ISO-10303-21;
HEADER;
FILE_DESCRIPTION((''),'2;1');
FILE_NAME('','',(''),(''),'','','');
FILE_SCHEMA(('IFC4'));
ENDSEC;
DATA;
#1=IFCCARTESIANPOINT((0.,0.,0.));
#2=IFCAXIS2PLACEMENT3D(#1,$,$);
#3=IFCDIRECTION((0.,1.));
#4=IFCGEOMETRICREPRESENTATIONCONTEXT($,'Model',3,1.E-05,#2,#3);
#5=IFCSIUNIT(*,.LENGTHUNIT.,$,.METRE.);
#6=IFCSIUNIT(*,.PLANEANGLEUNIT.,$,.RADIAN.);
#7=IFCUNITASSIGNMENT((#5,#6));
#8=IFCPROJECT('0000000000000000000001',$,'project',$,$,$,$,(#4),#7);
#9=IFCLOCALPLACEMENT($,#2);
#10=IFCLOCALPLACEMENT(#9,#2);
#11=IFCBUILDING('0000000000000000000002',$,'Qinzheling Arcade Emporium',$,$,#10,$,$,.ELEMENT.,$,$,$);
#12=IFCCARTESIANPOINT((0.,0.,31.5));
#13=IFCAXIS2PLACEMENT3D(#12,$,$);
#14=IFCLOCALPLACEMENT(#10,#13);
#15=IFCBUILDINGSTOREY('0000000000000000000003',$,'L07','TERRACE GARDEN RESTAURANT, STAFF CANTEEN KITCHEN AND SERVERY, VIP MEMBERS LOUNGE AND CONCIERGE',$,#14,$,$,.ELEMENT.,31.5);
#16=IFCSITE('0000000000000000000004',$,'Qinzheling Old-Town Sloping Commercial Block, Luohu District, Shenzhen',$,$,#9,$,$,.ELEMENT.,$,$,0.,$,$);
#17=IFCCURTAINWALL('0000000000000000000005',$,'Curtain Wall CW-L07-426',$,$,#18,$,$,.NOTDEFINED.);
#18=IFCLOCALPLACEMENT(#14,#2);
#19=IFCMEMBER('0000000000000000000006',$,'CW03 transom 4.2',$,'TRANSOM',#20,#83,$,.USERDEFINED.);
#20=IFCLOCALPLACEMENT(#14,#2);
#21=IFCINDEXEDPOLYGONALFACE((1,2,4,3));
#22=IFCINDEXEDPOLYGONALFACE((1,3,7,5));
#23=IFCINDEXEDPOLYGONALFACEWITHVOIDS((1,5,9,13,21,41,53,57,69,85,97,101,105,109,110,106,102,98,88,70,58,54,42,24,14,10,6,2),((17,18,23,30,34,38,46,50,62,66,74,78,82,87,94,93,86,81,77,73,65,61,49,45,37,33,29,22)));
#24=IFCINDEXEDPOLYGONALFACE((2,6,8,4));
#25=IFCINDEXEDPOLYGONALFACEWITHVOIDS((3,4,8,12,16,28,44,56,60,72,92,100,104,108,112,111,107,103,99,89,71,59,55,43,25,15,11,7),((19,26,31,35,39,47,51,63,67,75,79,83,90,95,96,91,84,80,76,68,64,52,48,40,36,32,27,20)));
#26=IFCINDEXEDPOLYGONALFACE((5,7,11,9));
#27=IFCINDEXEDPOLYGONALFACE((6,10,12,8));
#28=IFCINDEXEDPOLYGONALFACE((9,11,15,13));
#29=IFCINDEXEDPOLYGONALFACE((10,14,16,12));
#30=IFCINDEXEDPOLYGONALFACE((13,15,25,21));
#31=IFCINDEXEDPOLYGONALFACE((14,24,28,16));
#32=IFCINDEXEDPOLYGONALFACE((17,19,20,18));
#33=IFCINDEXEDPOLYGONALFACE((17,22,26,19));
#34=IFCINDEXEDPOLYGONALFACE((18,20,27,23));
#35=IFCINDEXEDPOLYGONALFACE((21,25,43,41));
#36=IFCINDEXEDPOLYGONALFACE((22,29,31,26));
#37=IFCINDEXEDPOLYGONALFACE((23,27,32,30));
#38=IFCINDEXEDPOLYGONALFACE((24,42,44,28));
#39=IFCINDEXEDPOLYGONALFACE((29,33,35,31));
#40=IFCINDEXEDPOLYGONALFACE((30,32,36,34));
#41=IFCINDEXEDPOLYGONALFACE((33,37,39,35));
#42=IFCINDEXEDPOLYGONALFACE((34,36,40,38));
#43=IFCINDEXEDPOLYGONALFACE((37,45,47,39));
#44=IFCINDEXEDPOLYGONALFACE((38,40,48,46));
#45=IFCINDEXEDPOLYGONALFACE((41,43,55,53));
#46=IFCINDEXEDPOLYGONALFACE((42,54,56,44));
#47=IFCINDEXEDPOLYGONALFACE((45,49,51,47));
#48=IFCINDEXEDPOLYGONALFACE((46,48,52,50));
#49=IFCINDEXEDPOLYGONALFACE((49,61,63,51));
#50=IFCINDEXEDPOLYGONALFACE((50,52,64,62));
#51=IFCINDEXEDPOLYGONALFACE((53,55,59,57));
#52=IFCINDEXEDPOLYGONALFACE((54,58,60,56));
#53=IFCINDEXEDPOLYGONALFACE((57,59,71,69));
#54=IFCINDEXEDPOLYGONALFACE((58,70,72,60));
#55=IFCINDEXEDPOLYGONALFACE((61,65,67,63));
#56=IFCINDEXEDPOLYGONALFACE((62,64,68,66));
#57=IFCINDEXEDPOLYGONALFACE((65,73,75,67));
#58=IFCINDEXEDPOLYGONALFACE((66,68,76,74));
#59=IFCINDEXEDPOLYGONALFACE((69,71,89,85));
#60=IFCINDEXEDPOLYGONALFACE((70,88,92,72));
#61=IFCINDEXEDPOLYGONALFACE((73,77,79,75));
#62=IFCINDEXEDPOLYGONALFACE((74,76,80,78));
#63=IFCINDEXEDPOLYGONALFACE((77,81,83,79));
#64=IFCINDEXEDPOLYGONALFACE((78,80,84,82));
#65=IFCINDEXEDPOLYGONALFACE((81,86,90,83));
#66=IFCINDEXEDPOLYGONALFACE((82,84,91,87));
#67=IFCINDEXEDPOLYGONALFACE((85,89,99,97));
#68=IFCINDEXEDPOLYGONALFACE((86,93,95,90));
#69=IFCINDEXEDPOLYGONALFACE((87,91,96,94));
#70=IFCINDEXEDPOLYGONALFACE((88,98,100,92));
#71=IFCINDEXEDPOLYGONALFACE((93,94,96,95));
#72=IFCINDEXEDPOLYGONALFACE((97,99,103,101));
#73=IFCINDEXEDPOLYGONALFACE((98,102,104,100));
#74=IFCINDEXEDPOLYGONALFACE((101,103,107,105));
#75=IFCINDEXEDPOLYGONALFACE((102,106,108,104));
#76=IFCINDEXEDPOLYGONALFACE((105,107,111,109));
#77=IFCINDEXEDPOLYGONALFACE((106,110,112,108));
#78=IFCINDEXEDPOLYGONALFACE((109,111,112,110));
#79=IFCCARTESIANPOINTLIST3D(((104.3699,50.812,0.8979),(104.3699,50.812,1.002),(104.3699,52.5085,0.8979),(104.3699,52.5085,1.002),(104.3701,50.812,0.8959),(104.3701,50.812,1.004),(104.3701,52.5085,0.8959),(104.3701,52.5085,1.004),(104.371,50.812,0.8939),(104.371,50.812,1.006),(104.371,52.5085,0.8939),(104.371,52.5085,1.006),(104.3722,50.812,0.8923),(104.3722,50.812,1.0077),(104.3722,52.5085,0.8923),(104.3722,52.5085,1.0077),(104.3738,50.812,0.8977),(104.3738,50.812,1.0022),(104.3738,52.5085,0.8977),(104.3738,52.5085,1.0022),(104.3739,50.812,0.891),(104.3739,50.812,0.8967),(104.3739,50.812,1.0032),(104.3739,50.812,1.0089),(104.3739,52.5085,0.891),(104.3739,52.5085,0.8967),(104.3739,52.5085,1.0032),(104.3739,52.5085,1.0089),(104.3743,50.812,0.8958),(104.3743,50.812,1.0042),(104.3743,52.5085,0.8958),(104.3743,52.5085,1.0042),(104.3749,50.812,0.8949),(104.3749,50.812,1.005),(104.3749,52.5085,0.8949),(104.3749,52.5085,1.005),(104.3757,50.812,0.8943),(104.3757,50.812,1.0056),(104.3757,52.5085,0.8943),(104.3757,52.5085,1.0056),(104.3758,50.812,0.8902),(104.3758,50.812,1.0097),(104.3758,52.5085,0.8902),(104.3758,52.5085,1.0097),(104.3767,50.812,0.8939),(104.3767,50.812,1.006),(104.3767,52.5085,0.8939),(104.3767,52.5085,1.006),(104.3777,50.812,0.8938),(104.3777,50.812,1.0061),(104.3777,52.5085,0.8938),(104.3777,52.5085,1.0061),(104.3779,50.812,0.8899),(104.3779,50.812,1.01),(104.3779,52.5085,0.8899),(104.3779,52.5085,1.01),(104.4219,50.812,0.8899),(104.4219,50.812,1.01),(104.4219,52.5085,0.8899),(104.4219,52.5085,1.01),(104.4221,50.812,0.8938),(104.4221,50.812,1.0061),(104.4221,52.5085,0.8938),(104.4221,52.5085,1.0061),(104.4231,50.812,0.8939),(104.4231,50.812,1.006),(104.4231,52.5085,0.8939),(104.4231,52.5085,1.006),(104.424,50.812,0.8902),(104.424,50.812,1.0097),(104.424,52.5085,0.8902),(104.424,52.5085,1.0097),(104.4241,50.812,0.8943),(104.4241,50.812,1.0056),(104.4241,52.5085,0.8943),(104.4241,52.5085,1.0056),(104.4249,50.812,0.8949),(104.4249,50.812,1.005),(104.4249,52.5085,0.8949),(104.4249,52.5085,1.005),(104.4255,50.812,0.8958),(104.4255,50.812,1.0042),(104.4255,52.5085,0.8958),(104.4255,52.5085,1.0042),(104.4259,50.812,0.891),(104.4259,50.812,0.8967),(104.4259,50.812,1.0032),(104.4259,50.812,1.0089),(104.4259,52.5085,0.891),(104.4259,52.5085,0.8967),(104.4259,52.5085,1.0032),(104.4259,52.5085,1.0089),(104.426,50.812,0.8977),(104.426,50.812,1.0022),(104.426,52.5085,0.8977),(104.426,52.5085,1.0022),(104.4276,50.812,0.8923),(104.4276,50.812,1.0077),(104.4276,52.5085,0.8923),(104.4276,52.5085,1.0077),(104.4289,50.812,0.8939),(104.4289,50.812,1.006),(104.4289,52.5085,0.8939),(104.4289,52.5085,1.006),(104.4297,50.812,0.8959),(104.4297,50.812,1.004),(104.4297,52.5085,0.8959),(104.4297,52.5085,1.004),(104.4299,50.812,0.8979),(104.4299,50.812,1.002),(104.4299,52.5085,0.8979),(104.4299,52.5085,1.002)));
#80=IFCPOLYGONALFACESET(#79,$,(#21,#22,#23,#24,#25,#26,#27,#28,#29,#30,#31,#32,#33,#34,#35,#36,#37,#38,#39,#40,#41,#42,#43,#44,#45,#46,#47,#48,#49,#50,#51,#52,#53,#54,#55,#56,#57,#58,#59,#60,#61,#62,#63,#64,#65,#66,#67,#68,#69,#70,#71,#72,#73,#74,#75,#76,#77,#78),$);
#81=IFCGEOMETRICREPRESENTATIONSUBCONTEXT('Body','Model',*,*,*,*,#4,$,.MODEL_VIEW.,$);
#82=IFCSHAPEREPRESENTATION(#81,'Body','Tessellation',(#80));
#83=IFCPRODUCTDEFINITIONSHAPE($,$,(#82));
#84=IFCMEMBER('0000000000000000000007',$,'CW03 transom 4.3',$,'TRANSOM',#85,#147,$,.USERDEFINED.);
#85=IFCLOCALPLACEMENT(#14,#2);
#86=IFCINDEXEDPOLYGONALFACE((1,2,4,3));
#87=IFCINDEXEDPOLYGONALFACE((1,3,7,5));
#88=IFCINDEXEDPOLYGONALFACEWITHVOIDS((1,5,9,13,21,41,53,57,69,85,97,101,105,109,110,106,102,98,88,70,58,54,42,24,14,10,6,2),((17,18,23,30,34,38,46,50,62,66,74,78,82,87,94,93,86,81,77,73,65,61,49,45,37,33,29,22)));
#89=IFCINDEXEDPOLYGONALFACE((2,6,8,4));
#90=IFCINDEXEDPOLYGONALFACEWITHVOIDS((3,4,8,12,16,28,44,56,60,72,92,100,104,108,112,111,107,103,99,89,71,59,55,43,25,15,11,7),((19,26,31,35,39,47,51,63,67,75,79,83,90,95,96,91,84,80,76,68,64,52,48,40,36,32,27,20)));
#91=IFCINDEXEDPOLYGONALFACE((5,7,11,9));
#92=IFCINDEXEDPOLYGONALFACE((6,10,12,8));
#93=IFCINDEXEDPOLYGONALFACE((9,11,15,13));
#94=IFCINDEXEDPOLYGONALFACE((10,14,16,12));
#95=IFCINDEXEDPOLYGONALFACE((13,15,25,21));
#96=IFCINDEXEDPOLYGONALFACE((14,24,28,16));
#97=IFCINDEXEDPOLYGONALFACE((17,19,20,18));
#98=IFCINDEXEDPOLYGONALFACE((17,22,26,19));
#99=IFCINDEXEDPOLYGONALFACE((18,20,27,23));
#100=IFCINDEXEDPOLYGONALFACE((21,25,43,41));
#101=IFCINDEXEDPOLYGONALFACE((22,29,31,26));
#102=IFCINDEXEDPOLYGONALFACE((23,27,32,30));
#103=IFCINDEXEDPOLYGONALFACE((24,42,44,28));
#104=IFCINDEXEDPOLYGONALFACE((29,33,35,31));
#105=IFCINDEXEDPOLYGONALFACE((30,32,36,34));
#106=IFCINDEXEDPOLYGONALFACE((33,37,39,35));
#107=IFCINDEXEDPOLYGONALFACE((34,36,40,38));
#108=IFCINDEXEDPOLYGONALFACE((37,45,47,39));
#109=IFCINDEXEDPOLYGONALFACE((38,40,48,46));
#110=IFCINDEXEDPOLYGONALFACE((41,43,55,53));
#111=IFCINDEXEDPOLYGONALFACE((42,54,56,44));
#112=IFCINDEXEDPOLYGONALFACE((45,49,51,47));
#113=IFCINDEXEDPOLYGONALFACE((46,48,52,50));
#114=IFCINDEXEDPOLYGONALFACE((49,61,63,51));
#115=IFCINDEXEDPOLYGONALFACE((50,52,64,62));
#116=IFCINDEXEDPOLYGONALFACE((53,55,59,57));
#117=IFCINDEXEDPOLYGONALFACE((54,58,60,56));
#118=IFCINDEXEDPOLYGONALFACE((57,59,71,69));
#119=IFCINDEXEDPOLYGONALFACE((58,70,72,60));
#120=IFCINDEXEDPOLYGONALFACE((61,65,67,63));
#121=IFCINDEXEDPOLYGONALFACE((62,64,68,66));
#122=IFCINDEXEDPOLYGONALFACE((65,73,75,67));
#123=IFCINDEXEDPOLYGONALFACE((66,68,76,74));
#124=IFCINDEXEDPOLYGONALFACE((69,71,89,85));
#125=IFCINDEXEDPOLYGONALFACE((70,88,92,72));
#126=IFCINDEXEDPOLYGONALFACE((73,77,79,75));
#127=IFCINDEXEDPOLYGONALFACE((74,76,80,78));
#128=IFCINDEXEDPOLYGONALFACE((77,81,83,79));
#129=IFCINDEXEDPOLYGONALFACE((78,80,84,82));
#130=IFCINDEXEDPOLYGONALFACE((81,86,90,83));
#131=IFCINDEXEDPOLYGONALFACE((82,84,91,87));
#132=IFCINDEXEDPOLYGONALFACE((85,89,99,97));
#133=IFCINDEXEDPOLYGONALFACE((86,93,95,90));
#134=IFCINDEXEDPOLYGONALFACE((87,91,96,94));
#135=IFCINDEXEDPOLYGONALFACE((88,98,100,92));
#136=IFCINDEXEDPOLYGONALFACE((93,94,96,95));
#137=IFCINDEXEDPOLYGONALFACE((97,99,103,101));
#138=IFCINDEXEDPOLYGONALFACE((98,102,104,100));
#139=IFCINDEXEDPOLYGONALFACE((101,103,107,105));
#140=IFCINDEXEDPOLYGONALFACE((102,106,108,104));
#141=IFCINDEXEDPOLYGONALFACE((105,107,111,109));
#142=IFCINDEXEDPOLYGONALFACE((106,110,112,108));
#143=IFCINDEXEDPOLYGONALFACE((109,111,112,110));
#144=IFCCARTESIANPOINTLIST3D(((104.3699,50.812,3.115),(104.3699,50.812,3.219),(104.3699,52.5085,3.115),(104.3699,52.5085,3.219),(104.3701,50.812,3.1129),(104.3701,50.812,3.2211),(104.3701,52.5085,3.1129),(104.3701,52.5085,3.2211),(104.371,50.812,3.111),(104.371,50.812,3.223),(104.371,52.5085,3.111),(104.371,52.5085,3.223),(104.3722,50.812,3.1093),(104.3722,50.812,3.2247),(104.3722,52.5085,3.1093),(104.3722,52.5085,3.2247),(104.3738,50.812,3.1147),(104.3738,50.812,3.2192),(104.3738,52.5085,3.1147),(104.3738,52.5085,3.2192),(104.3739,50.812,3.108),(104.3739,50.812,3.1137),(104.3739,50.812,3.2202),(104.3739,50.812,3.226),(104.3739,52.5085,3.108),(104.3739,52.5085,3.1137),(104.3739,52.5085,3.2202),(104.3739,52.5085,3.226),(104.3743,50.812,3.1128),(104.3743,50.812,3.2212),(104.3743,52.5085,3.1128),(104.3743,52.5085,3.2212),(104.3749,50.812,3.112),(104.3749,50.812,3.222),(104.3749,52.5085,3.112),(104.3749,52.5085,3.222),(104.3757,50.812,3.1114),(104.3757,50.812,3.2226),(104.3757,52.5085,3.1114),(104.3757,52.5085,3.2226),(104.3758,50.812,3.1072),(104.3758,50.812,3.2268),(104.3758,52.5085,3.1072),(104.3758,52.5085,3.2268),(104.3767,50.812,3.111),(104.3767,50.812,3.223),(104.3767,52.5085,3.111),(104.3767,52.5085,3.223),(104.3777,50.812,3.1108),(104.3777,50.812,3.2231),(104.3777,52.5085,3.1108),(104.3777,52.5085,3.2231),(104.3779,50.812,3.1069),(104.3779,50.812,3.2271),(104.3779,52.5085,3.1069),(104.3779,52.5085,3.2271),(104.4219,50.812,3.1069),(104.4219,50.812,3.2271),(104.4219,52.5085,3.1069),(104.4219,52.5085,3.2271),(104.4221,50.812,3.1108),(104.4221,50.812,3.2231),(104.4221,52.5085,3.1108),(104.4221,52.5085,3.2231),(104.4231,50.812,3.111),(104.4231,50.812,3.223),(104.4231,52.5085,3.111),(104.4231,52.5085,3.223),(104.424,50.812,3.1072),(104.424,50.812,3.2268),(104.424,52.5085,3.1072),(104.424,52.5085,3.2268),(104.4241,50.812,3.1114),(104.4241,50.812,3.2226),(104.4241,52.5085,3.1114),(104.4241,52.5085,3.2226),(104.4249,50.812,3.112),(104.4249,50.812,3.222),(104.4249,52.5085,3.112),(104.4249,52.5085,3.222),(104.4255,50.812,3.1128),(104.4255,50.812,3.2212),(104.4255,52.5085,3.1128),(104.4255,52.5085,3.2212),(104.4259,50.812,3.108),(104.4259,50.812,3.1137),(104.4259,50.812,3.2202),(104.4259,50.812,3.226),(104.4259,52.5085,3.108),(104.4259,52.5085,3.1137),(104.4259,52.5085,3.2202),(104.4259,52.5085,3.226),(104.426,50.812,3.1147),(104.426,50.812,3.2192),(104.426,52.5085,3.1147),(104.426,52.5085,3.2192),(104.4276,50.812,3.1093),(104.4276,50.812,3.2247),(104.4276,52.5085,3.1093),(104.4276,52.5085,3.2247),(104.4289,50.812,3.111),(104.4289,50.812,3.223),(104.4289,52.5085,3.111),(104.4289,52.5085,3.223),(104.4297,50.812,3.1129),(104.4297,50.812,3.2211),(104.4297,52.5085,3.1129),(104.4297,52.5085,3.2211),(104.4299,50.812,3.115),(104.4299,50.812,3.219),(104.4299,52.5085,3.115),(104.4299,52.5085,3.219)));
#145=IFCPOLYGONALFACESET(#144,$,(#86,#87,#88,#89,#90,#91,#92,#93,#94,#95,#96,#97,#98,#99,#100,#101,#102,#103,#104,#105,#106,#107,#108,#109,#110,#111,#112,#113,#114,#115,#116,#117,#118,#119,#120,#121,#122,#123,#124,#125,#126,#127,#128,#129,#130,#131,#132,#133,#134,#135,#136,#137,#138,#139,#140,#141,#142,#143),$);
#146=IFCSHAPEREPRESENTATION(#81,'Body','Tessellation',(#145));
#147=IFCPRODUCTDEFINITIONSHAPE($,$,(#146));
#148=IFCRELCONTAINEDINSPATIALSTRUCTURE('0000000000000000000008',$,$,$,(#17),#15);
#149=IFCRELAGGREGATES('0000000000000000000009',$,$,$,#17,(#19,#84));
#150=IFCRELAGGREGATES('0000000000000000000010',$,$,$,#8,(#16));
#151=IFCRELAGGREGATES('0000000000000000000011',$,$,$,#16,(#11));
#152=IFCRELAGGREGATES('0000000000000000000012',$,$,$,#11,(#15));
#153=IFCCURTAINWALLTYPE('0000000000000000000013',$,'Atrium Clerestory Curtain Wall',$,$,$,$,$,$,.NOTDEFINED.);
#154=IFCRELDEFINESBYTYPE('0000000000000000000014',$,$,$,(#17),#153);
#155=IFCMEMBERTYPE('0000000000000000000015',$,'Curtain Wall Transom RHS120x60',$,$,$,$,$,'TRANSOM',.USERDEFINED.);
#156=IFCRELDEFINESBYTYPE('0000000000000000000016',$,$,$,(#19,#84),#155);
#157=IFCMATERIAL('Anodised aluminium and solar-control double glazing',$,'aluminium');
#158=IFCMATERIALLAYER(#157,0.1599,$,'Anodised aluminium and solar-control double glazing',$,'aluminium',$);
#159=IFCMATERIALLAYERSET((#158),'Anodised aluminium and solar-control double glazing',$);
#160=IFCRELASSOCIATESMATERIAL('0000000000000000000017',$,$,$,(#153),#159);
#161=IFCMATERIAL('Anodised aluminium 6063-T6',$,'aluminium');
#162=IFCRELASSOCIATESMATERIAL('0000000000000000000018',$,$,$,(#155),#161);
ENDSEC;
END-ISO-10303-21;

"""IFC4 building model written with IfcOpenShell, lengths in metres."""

from ifc_helpers import new_model, si_unit, direction, frame, origin, origin_2d, place, context, subcontext, project, spatial, hollow_rectangle, extrude, material, layer, layer_set, material_profile, profile_set, type_object, element, aggregate, save


model = new_model("IFC4")

# Units and contexts
model_context = context("Model", 3, precision=1e-05, world=origin(), true_north=direction((0.0, 1.0)))
body_context = subcontext(model_context, "Body", "Model", "MODEL_VIEW")
ifc_project = project(units=[si_unit("LENGTHUNIT", "METRE"), si_unit("PLANEANGLEUNIT", "RADIAN")], contexts=[model_context])

# Site, building, storey
site_placement = place(None, origin())
site = spatial("IfcSite", under=ifc_project, at=site_placement, Name="Qinzheling Old-Town Sloping Commercial Block, Luohu District, Shenzhen", CompositionType="ELEMENT", RefElevation=0.0)
building_placement = place(site_placement, origin())
building = spatial("IfcBuilding", under=site, at=building_placement, Name="Qinzheling Arcade Emporium", CompositionType="ELEMENT")
storey_placement = place(building_placement, frame((0.0, 0.0, 31.5)))
storey = spatial("IfcBuildingStorey", under=building, at=storey_placement, Name="L07", Description="TERRACE GARDEN RESTAURANT, STAFF CANTEEN KITCHEN AND SERVERY, VIP MEMBERS LOUNGE AND CONCIERGE", CompositionType="ELEMENT", Elevation=31.5)

# Curtain wall, members
ifc_material_1 = material(Name="Anodised aluminium and solar-control double glazing", Category="aluminium")
ifc_layer_1 = layer(ifc_material_1, 0.1599, Name="Anodised aluminium and solar-control double glazing", Category="aluminium")
ifc_layer_set_1 = layer_set([ifc_layer_1], Name="Anodised aluminium and solar-control double glazing")
curtain_wall_type = type_object("IfcCurtainWallType", Name="Atrium Clerestory Curtain Wall", PredefinedType="NOTDEFINED", material=ifc_layer_set_1)
curtain_wall_placement = place(storey_placement, origin())
curtain_wall = element("IfcCurtainWall", 1, at=curtain_wall_placement, inside=storey, type_object=curtain_wall_type, Name="Curtain Wall CW-L07-426", PredefinedType="NOTDEFINED")
ifc_material_2 = material(Name="Anodised aluminium 6063-T6", Category="aluminium")
ifc_material_profile_1 = material_profile(ifc_material_2, hollow_rectangle(XDim=0.0601, YDim=0.1201, WallThickness=0.0039, InnerFilletRadius=0.0039, OuterFilletRadius=0.0081, at=origin_2d()), Name="RHS 120x60x4", Category="aluminium")
ifc_profile_set_1 = profile_set([ifc_material_profile_1], Name="Anodised aluminium 6063-T6")
member_type_1 = type_object("IfcMemberType", Name="Curtain Wall Transom RHS120x60", ElementType="TRANSOM", PredefinedType="USERDEFINED", material=ifc_profile_set_1)
member_1_placement = place(storey_placement, frame((104.3999, 52.5085, 0.95), z_axis=(0.0, -1.0, 0.0), x_axis=(1.0, 0.0, 0.0)))
member_1 = element("IfcMember", 2, at=member_1_placement, type_object=member_type_1, Name="CW03 transom 4.2", ObjectType="TRANSOM", PredefinedType="USERDEFINED", context=body_context, shape_type="SweptSolid", body=[
    extrude(hollow_rectangle(XDim=0.0601, YDim=0.1201, WallThickness=0.0039, InnerFilletRadius=0.0039, OuterFilletRadius=0.0081, at=origin_2d()), origin(), (0.0, 0.0, 1.0), 1.6965),
])
member_2_placement = place(storey_placement, frame((104.3999, 52.5085, 3.167), z_axis=(0.0, -1.0, 0.0), x_axis=(1.0, 0.0, 0.0)))
member_2 = element("IfcMember", 3, at=member_2_placement, type_object=member_type_1, Name="CW03 transom 4.3", ObjectType="TRANSOM", PredefinedType="USERDEFINED", context=body_context, shape_type="SweptSolid", body=[
    extrude(hollow_rectangle(XDim=0.0601, YDim=0.1201, WallThickness=0.0039, InnerFilletRadius=0.0039, OuterFilletRadius=0.0081, at=origin_2d()), origin(), (0.0, 0.0, 1.0), 1.6965),
])
aggregate(curtain_wall, [member_1, member_2])

save(model, "model.ifc")
